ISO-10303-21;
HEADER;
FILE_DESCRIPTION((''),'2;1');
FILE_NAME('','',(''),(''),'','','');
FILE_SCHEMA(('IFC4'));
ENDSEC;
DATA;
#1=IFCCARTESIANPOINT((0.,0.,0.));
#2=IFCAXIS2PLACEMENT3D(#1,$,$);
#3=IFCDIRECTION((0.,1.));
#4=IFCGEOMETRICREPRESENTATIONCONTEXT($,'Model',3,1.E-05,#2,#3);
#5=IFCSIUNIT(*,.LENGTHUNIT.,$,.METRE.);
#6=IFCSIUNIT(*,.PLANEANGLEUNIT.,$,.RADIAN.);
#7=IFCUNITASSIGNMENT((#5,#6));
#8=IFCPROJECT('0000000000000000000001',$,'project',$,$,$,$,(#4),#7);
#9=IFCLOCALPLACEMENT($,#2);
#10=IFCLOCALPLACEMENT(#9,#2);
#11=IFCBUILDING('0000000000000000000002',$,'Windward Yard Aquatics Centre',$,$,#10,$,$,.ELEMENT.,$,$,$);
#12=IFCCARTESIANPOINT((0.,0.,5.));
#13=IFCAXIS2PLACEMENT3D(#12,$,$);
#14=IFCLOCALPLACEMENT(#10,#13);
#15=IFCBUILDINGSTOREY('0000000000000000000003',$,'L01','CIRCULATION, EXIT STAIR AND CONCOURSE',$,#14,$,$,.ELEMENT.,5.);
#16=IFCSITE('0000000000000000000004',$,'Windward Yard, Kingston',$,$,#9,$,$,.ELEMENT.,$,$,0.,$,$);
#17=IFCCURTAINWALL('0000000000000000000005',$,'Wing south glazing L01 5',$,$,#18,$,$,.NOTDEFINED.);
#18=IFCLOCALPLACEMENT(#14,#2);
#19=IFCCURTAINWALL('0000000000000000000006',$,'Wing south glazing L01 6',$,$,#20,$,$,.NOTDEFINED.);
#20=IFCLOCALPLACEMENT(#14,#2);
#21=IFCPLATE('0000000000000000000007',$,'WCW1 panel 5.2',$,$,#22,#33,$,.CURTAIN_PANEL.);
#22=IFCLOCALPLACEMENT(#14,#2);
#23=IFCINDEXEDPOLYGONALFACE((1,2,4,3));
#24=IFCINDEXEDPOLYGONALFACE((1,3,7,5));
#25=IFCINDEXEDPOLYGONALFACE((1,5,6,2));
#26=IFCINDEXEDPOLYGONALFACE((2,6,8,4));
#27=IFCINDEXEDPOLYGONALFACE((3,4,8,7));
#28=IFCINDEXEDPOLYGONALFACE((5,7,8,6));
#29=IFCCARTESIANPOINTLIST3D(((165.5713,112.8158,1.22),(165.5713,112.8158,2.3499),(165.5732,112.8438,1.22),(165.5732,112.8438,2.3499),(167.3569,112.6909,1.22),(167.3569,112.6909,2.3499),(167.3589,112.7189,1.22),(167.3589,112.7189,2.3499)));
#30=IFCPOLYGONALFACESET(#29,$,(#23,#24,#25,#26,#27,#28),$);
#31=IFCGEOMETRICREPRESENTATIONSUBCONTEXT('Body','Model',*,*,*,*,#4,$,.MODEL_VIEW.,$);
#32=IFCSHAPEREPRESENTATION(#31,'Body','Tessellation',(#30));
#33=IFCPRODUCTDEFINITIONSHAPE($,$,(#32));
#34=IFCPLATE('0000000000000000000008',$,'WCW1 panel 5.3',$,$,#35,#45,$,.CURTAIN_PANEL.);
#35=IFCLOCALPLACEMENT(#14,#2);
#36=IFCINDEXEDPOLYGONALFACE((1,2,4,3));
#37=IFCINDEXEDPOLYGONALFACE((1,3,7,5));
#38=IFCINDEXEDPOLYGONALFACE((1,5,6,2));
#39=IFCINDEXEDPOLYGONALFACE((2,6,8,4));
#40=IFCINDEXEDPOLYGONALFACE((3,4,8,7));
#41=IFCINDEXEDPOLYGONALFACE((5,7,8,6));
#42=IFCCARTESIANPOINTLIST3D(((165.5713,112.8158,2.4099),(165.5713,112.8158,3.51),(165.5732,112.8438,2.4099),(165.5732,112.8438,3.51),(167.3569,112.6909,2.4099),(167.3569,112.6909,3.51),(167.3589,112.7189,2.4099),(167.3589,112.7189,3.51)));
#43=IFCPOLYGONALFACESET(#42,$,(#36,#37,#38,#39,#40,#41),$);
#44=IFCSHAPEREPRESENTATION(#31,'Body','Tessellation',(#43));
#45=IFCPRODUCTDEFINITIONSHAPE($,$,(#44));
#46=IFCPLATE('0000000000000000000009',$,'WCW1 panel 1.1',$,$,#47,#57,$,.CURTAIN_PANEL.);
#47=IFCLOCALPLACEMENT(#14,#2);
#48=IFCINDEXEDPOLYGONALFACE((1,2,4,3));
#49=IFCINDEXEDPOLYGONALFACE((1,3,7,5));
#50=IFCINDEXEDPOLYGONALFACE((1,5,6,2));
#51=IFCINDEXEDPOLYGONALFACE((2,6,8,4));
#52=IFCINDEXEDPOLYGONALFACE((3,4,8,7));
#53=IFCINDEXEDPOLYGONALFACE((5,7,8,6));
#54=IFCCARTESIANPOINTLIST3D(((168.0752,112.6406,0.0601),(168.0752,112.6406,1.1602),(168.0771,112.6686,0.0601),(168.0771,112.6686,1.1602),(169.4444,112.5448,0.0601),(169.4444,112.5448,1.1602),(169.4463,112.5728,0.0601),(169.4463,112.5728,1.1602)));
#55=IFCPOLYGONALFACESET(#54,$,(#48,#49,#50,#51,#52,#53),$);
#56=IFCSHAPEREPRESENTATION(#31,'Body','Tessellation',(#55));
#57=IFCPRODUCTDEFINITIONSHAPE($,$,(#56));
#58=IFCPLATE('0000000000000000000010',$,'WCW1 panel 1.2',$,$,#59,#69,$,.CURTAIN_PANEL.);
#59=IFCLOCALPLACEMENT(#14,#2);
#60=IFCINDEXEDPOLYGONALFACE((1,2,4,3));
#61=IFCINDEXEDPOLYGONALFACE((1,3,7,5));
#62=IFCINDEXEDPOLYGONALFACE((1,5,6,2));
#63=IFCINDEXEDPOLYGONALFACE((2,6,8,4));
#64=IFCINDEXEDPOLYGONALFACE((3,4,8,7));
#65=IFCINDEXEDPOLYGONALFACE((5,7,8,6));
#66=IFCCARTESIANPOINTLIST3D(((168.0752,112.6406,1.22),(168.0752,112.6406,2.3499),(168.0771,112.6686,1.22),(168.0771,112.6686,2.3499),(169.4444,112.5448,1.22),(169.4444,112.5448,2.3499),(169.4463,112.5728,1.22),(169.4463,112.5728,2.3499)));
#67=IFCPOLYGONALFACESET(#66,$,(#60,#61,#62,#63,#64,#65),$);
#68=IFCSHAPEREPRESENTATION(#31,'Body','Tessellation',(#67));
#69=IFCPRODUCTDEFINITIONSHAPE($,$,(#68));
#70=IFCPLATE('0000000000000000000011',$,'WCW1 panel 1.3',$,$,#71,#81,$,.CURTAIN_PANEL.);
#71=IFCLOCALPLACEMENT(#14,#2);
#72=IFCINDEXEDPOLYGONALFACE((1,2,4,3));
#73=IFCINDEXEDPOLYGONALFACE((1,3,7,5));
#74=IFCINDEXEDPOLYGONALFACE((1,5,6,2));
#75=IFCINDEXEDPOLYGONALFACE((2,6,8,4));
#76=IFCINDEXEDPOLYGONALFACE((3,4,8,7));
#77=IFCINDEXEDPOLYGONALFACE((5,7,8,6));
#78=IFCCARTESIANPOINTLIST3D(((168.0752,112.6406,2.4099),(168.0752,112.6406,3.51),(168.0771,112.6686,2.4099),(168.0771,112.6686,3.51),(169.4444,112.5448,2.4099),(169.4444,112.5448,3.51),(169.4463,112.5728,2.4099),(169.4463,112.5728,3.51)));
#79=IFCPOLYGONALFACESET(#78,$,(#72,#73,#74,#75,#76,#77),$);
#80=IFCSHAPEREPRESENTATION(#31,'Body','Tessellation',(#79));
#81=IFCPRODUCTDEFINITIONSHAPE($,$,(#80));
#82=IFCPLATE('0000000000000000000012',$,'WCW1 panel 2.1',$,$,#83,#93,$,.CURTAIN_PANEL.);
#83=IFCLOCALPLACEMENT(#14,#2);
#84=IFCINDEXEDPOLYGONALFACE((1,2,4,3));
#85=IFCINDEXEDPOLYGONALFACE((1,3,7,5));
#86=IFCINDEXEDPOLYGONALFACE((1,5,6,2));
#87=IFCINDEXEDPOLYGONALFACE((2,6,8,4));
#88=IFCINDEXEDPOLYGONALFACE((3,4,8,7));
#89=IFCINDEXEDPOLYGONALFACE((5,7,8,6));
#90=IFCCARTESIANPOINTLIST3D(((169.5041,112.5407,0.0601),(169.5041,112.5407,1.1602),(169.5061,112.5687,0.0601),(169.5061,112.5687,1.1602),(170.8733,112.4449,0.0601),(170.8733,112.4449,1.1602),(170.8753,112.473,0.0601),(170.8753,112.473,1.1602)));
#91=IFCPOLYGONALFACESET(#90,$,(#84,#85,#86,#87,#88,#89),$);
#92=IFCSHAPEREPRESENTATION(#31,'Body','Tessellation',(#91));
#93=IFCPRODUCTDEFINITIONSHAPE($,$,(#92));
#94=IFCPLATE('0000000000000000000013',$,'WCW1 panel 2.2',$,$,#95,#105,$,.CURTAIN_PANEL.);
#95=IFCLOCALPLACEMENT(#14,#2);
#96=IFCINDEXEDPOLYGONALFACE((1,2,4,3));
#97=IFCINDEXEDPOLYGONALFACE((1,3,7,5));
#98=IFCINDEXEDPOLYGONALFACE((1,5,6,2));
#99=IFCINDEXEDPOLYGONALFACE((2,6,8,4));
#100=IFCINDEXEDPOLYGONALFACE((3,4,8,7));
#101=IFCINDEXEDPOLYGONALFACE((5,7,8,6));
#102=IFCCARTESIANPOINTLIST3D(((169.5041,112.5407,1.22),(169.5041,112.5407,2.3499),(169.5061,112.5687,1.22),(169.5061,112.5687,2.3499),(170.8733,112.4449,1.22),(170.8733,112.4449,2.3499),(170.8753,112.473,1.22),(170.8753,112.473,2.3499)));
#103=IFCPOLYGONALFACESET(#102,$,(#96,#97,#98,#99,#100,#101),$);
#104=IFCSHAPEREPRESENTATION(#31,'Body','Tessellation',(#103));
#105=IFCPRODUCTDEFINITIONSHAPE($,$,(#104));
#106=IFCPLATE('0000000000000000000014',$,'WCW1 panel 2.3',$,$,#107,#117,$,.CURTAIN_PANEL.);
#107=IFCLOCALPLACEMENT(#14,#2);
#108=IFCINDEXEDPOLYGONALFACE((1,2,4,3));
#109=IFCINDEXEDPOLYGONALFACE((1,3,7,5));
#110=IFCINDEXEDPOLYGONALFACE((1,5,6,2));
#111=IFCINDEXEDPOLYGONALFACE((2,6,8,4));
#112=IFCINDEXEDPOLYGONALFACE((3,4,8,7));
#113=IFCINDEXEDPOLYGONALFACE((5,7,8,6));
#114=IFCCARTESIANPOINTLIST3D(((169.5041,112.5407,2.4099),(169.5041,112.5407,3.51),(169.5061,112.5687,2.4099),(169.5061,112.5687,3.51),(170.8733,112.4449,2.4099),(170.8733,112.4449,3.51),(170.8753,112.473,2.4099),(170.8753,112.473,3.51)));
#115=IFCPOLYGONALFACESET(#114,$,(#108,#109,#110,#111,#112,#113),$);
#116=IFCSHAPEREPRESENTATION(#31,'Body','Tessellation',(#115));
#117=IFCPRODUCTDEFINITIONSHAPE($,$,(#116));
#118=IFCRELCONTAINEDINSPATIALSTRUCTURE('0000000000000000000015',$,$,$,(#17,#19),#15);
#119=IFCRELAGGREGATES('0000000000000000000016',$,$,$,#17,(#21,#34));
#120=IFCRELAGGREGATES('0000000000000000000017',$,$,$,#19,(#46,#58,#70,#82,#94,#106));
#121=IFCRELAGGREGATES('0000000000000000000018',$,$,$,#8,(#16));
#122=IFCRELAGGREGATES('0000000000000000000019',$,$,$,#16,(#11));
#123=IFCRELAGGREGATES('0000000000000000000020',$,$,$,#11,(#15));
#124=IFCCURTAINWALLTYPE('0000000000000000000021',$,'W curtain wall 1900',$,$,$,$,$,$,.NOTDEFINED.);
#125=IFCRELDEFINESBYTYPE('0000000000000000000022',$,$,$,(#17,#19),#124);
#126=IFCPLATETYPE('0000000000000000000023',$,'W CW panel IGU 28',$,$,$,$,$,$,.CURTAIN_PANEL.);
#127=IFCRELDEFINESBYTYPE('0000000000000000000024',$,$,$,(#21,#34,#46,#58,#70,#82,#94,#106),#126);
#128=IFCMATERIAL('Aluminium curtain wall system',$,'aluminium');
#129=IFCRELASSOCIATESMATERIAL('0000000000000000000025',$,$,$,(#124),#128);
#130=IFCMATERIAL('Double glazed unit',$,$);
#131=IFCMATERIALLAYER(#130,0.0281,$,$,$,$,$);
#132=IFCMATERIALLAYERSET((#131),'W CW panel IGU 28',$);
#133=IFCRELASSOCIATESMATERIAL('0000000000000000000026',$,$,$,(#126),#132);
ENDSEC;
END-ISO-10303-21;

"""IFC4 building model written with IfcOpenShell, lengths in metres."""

from ifc_helpers import new_model, si_unit, direction, frame, origin, origin_2d, place, context, subcontext, project, spatial, rectangle, extrude, material, layer, layer_set, type_object, element, aggregate, save


model = new_model("IFC4")

# Units and contexts
model_context = context("Model", 3, precision=1e-05, world=origin(), true_north=direction((0.0, 1.0)))
body_context = subcontext(model_context, "Body", "Model", "MODEL_VIEW")
ifc_project = project(units=[si_unit("LENGTHUNIT", "METRE"), si_unit("PLANEANGLEUNIT", "RADIAN")], contexts=[model_context])

# Site, building, storey
site_placement = place(None, origin())
site = spatial("IfcSite", under=ifc_project, at=site_placement, Name="Windward Yard, Kingston", CompositionType="ELEMENT", RefElevation=0.0)
building_placement = place(site_placement, origin())
building = spatial("IfcBuilding", under=site, at=building_placement, Name="Windward Yard Aquatics Centre", CompositionType="ELEMENT")
storey_placement = place(building_placement, frame((0.0, 0.0, 5.0)))
storey = spatial("IfcBuildingStorey", under=building, at=storey_placement, Name="L01", Description="CIRCULATION, EXIT STAIR AND CONCOURSE", CompositionType="ELEMENT", Elevation=5.0)

# Curtain wall
ifc_material_1 = material(Name="Aluminium curtain wall system", Category="aluminium")
curtain_wall_type = type_object("IfcCurtainWallType", Name="W curtain wall 1900", PredefinedType="NOTDEFINED", material=ifc_material_1)
curtain_wall_1_placement = place(storey_placement, origin())
curtain_wall_1 = element("IfcCurtainWall", 1, at=curtain_wall_1_placement, inside=storey, type_object=curtain_wall_type, Name="Wing south glazing L01 5", PredefinedType="NOTDEFINED")

# Curtain wall
curtain_wall_2_placement = place(storey_placement, origin())
curtain_wall_2 = element("IfcCurtainWall", 2, at=curtain_wall_2_placement, inside=storey, type_object=curtain_wall_type, Name="Wing south glazing L01 6", PredefinedType="NOTDEFINED")

# Plates
ifc_material_2 = material(Name="Double glazed unit")
ifc_layer_1 = layer(ifc_material_2, 0.0281)
ifc_layer_set_1 = layer_set([ifc_layer_1], Name="W CW panel IGU 28")
plate_type = type_object("IfcPlateType", Name="W CW panel IGU 28", PredefinedType="CURTAIN_PANEL", material=ifc_layer_set_1)
plate_1_placement = place(storey_placement, frame((166.4651, 112.7673, 1.22), z_axis=(0.0, 0.0, 1.0), x_axis=(0.997564, -0.069755, 0.0)))
plate_1 = element("IfcPlate", 3, at=plate_1_placement, type_object=plate_type, Name="WCW1 panel 5.2", PredefinedType="CURTAIN_PANEL", context=body_context, shape_type="SweptSolid", body=[
    extrude(rectangle(XDim=1.79, YDim=0.0281, at=origin_2d()), origin(), (0.0, 0.0, 1.0), 1.1299),
])
plate_2_placement = place(storey_placement, frame((166.4651, 112.7673, 2.4099), z_axis=(0.0, 0.0, 1.0), x_axis=(0.997564, -0.069755, 0.0)))
plate_2 = element("IfcPlate", 4, at=plate_2_placement, type_object=plate_type, Name="WCW1 panel 5.3", PredefinedType="CURTAIN_PANEL", context=body_context, shape_type="SweptSolid", body=[
    extrude(rectangle(XDim=1.79, YDim=0.0281, at=origin_2d()), origin(), (0.0, 0.0, 1.0), 1.1001),
])
aggregate(curtain_wall_1, [plate_1, plate_2])
plate_3_placement = place(storey_placement, frame((168.7607, 112.6067, 0.0601), z_axis=(0.0, 0.0, 1.0), x_axis=(0.997563, -0.069777, 0.0)))
plate_3 = element("IfcPlate", 5, at=plate_3_placement, type_object=plate_type, Name="WCW1 panel 1.1", PredefinedType="CURTAIN_PANEL", context=body_context, shape_type="SweptSolid", body=[
    extrude(rectangle(XDim=1.3726, YDim=0.0281, at=origin_2d()), origin(), (0.0, 0.0, 1.0), 1.1001),
])
plate_4_placement = place(storey_placement, frame((168.7607, 112.6067, 1.22), z_axis=(0.0, 0.0, 1.0), x_axis=(0.997563, -0.069777, 0.0)))
plate_4 = element("IfcPlate", 6, at=plate_4_placement, type_object=plate_type, Name="WCW1 panel 1.2", PredefinedType="CURTAIN_PANEL", context=body_context, shape_type="SweptSolid", body=[
    extrude(rectangle(XDim=1.3726, YDim=0.0281, at=origin_2d()), origin(), (0.0, 0.0, 1.0), 1.1299),
])
plate_5_placement = place(storey_placement, frame((168.7607, 112.6067, 2.4099), z_axis=(0.0, 0.0, 1.0), x_axis=(0.997563, -0.069777, 0.0)))
plate_5 = element("IfcPlate", 7, at=plate_5_placement, type_object=plate_type, Name="WCW1 panel 1.3", PredefinedType="CURTAIN_PANEL", context=body_context, shape_type="SweptSolid", body=[
    extrude(rectangle(XDim=1.3726, YDim=0.0281, at=origin_2d()), origin(), (0.0, 0.0, 1.0), 1.1001),
])
plate_6_placement = place(storey_placement, frame((170.1897, 112.5068, 0.0601), z_axis=(0.0, 0.0, 1.0), x_axis=(0.997563, -0.069777, 0.0)))
plate_6 = element("IfcPlate", 8, at=plate_6_placement, type_object=plate_type, Name="WCW1 panel 2.1", PredefinedType="CURTAIN_PANEL", context=body_context, shape_type="SweptSolid", body=[
    extrude(rectangle(XDim=1.3726, YDim=0.0281, at=origin_2d()), origin(), (0.0, 0.0, 1.0), 1.1001),
])
plate_7_placement = place(storey_placement, frame((170.1897, 112.5068, 1.22), z_axis=(0.0, 0.0, 1.0), x_axis=(0.997563, -0.069777, 0.0)))
plate_7 = element("IfcPlate", 9, at=plate_7_placement, type_object=plate_type, Name="WCW1 panel 2.2", PredefinedType="CURTAIN_PANEL", context=body_context, shape_type="SweptSolid", body=[
    extrude(rectangle(XDim=1.3726, YDim=0.0281, at=origin_2d()), origin(), (0.0, 0.0, 1.0), 1.1299),
])
plate_8_placement = place(storey_placement, frame((170.1897, 112.5068, 2.4099), z_axis=(0.0, 0.0, 1.0), x_axis=(0.997563, -0.069777, 0.0)))
plate_8 = element("IfcPlate", 10, at=plate_8_placement, type_object=plate_type, Name="WCW1 panel 2.3", PredefinedType="CURTAIN_PANEL", context=body_context, shape_type="SweptSolid", body=[
    extrude(rectangle(XDim=1.3726, YDim=0.0281, at=origin_2d()), origin(), (0.0, 0.0, 1.0), 1.1001),
])
aggregate(curtain_wall_2, [plate_3, plate_4, plate_5, plate_6, plate_7, plate_8])

save(model, "model.ifc")
